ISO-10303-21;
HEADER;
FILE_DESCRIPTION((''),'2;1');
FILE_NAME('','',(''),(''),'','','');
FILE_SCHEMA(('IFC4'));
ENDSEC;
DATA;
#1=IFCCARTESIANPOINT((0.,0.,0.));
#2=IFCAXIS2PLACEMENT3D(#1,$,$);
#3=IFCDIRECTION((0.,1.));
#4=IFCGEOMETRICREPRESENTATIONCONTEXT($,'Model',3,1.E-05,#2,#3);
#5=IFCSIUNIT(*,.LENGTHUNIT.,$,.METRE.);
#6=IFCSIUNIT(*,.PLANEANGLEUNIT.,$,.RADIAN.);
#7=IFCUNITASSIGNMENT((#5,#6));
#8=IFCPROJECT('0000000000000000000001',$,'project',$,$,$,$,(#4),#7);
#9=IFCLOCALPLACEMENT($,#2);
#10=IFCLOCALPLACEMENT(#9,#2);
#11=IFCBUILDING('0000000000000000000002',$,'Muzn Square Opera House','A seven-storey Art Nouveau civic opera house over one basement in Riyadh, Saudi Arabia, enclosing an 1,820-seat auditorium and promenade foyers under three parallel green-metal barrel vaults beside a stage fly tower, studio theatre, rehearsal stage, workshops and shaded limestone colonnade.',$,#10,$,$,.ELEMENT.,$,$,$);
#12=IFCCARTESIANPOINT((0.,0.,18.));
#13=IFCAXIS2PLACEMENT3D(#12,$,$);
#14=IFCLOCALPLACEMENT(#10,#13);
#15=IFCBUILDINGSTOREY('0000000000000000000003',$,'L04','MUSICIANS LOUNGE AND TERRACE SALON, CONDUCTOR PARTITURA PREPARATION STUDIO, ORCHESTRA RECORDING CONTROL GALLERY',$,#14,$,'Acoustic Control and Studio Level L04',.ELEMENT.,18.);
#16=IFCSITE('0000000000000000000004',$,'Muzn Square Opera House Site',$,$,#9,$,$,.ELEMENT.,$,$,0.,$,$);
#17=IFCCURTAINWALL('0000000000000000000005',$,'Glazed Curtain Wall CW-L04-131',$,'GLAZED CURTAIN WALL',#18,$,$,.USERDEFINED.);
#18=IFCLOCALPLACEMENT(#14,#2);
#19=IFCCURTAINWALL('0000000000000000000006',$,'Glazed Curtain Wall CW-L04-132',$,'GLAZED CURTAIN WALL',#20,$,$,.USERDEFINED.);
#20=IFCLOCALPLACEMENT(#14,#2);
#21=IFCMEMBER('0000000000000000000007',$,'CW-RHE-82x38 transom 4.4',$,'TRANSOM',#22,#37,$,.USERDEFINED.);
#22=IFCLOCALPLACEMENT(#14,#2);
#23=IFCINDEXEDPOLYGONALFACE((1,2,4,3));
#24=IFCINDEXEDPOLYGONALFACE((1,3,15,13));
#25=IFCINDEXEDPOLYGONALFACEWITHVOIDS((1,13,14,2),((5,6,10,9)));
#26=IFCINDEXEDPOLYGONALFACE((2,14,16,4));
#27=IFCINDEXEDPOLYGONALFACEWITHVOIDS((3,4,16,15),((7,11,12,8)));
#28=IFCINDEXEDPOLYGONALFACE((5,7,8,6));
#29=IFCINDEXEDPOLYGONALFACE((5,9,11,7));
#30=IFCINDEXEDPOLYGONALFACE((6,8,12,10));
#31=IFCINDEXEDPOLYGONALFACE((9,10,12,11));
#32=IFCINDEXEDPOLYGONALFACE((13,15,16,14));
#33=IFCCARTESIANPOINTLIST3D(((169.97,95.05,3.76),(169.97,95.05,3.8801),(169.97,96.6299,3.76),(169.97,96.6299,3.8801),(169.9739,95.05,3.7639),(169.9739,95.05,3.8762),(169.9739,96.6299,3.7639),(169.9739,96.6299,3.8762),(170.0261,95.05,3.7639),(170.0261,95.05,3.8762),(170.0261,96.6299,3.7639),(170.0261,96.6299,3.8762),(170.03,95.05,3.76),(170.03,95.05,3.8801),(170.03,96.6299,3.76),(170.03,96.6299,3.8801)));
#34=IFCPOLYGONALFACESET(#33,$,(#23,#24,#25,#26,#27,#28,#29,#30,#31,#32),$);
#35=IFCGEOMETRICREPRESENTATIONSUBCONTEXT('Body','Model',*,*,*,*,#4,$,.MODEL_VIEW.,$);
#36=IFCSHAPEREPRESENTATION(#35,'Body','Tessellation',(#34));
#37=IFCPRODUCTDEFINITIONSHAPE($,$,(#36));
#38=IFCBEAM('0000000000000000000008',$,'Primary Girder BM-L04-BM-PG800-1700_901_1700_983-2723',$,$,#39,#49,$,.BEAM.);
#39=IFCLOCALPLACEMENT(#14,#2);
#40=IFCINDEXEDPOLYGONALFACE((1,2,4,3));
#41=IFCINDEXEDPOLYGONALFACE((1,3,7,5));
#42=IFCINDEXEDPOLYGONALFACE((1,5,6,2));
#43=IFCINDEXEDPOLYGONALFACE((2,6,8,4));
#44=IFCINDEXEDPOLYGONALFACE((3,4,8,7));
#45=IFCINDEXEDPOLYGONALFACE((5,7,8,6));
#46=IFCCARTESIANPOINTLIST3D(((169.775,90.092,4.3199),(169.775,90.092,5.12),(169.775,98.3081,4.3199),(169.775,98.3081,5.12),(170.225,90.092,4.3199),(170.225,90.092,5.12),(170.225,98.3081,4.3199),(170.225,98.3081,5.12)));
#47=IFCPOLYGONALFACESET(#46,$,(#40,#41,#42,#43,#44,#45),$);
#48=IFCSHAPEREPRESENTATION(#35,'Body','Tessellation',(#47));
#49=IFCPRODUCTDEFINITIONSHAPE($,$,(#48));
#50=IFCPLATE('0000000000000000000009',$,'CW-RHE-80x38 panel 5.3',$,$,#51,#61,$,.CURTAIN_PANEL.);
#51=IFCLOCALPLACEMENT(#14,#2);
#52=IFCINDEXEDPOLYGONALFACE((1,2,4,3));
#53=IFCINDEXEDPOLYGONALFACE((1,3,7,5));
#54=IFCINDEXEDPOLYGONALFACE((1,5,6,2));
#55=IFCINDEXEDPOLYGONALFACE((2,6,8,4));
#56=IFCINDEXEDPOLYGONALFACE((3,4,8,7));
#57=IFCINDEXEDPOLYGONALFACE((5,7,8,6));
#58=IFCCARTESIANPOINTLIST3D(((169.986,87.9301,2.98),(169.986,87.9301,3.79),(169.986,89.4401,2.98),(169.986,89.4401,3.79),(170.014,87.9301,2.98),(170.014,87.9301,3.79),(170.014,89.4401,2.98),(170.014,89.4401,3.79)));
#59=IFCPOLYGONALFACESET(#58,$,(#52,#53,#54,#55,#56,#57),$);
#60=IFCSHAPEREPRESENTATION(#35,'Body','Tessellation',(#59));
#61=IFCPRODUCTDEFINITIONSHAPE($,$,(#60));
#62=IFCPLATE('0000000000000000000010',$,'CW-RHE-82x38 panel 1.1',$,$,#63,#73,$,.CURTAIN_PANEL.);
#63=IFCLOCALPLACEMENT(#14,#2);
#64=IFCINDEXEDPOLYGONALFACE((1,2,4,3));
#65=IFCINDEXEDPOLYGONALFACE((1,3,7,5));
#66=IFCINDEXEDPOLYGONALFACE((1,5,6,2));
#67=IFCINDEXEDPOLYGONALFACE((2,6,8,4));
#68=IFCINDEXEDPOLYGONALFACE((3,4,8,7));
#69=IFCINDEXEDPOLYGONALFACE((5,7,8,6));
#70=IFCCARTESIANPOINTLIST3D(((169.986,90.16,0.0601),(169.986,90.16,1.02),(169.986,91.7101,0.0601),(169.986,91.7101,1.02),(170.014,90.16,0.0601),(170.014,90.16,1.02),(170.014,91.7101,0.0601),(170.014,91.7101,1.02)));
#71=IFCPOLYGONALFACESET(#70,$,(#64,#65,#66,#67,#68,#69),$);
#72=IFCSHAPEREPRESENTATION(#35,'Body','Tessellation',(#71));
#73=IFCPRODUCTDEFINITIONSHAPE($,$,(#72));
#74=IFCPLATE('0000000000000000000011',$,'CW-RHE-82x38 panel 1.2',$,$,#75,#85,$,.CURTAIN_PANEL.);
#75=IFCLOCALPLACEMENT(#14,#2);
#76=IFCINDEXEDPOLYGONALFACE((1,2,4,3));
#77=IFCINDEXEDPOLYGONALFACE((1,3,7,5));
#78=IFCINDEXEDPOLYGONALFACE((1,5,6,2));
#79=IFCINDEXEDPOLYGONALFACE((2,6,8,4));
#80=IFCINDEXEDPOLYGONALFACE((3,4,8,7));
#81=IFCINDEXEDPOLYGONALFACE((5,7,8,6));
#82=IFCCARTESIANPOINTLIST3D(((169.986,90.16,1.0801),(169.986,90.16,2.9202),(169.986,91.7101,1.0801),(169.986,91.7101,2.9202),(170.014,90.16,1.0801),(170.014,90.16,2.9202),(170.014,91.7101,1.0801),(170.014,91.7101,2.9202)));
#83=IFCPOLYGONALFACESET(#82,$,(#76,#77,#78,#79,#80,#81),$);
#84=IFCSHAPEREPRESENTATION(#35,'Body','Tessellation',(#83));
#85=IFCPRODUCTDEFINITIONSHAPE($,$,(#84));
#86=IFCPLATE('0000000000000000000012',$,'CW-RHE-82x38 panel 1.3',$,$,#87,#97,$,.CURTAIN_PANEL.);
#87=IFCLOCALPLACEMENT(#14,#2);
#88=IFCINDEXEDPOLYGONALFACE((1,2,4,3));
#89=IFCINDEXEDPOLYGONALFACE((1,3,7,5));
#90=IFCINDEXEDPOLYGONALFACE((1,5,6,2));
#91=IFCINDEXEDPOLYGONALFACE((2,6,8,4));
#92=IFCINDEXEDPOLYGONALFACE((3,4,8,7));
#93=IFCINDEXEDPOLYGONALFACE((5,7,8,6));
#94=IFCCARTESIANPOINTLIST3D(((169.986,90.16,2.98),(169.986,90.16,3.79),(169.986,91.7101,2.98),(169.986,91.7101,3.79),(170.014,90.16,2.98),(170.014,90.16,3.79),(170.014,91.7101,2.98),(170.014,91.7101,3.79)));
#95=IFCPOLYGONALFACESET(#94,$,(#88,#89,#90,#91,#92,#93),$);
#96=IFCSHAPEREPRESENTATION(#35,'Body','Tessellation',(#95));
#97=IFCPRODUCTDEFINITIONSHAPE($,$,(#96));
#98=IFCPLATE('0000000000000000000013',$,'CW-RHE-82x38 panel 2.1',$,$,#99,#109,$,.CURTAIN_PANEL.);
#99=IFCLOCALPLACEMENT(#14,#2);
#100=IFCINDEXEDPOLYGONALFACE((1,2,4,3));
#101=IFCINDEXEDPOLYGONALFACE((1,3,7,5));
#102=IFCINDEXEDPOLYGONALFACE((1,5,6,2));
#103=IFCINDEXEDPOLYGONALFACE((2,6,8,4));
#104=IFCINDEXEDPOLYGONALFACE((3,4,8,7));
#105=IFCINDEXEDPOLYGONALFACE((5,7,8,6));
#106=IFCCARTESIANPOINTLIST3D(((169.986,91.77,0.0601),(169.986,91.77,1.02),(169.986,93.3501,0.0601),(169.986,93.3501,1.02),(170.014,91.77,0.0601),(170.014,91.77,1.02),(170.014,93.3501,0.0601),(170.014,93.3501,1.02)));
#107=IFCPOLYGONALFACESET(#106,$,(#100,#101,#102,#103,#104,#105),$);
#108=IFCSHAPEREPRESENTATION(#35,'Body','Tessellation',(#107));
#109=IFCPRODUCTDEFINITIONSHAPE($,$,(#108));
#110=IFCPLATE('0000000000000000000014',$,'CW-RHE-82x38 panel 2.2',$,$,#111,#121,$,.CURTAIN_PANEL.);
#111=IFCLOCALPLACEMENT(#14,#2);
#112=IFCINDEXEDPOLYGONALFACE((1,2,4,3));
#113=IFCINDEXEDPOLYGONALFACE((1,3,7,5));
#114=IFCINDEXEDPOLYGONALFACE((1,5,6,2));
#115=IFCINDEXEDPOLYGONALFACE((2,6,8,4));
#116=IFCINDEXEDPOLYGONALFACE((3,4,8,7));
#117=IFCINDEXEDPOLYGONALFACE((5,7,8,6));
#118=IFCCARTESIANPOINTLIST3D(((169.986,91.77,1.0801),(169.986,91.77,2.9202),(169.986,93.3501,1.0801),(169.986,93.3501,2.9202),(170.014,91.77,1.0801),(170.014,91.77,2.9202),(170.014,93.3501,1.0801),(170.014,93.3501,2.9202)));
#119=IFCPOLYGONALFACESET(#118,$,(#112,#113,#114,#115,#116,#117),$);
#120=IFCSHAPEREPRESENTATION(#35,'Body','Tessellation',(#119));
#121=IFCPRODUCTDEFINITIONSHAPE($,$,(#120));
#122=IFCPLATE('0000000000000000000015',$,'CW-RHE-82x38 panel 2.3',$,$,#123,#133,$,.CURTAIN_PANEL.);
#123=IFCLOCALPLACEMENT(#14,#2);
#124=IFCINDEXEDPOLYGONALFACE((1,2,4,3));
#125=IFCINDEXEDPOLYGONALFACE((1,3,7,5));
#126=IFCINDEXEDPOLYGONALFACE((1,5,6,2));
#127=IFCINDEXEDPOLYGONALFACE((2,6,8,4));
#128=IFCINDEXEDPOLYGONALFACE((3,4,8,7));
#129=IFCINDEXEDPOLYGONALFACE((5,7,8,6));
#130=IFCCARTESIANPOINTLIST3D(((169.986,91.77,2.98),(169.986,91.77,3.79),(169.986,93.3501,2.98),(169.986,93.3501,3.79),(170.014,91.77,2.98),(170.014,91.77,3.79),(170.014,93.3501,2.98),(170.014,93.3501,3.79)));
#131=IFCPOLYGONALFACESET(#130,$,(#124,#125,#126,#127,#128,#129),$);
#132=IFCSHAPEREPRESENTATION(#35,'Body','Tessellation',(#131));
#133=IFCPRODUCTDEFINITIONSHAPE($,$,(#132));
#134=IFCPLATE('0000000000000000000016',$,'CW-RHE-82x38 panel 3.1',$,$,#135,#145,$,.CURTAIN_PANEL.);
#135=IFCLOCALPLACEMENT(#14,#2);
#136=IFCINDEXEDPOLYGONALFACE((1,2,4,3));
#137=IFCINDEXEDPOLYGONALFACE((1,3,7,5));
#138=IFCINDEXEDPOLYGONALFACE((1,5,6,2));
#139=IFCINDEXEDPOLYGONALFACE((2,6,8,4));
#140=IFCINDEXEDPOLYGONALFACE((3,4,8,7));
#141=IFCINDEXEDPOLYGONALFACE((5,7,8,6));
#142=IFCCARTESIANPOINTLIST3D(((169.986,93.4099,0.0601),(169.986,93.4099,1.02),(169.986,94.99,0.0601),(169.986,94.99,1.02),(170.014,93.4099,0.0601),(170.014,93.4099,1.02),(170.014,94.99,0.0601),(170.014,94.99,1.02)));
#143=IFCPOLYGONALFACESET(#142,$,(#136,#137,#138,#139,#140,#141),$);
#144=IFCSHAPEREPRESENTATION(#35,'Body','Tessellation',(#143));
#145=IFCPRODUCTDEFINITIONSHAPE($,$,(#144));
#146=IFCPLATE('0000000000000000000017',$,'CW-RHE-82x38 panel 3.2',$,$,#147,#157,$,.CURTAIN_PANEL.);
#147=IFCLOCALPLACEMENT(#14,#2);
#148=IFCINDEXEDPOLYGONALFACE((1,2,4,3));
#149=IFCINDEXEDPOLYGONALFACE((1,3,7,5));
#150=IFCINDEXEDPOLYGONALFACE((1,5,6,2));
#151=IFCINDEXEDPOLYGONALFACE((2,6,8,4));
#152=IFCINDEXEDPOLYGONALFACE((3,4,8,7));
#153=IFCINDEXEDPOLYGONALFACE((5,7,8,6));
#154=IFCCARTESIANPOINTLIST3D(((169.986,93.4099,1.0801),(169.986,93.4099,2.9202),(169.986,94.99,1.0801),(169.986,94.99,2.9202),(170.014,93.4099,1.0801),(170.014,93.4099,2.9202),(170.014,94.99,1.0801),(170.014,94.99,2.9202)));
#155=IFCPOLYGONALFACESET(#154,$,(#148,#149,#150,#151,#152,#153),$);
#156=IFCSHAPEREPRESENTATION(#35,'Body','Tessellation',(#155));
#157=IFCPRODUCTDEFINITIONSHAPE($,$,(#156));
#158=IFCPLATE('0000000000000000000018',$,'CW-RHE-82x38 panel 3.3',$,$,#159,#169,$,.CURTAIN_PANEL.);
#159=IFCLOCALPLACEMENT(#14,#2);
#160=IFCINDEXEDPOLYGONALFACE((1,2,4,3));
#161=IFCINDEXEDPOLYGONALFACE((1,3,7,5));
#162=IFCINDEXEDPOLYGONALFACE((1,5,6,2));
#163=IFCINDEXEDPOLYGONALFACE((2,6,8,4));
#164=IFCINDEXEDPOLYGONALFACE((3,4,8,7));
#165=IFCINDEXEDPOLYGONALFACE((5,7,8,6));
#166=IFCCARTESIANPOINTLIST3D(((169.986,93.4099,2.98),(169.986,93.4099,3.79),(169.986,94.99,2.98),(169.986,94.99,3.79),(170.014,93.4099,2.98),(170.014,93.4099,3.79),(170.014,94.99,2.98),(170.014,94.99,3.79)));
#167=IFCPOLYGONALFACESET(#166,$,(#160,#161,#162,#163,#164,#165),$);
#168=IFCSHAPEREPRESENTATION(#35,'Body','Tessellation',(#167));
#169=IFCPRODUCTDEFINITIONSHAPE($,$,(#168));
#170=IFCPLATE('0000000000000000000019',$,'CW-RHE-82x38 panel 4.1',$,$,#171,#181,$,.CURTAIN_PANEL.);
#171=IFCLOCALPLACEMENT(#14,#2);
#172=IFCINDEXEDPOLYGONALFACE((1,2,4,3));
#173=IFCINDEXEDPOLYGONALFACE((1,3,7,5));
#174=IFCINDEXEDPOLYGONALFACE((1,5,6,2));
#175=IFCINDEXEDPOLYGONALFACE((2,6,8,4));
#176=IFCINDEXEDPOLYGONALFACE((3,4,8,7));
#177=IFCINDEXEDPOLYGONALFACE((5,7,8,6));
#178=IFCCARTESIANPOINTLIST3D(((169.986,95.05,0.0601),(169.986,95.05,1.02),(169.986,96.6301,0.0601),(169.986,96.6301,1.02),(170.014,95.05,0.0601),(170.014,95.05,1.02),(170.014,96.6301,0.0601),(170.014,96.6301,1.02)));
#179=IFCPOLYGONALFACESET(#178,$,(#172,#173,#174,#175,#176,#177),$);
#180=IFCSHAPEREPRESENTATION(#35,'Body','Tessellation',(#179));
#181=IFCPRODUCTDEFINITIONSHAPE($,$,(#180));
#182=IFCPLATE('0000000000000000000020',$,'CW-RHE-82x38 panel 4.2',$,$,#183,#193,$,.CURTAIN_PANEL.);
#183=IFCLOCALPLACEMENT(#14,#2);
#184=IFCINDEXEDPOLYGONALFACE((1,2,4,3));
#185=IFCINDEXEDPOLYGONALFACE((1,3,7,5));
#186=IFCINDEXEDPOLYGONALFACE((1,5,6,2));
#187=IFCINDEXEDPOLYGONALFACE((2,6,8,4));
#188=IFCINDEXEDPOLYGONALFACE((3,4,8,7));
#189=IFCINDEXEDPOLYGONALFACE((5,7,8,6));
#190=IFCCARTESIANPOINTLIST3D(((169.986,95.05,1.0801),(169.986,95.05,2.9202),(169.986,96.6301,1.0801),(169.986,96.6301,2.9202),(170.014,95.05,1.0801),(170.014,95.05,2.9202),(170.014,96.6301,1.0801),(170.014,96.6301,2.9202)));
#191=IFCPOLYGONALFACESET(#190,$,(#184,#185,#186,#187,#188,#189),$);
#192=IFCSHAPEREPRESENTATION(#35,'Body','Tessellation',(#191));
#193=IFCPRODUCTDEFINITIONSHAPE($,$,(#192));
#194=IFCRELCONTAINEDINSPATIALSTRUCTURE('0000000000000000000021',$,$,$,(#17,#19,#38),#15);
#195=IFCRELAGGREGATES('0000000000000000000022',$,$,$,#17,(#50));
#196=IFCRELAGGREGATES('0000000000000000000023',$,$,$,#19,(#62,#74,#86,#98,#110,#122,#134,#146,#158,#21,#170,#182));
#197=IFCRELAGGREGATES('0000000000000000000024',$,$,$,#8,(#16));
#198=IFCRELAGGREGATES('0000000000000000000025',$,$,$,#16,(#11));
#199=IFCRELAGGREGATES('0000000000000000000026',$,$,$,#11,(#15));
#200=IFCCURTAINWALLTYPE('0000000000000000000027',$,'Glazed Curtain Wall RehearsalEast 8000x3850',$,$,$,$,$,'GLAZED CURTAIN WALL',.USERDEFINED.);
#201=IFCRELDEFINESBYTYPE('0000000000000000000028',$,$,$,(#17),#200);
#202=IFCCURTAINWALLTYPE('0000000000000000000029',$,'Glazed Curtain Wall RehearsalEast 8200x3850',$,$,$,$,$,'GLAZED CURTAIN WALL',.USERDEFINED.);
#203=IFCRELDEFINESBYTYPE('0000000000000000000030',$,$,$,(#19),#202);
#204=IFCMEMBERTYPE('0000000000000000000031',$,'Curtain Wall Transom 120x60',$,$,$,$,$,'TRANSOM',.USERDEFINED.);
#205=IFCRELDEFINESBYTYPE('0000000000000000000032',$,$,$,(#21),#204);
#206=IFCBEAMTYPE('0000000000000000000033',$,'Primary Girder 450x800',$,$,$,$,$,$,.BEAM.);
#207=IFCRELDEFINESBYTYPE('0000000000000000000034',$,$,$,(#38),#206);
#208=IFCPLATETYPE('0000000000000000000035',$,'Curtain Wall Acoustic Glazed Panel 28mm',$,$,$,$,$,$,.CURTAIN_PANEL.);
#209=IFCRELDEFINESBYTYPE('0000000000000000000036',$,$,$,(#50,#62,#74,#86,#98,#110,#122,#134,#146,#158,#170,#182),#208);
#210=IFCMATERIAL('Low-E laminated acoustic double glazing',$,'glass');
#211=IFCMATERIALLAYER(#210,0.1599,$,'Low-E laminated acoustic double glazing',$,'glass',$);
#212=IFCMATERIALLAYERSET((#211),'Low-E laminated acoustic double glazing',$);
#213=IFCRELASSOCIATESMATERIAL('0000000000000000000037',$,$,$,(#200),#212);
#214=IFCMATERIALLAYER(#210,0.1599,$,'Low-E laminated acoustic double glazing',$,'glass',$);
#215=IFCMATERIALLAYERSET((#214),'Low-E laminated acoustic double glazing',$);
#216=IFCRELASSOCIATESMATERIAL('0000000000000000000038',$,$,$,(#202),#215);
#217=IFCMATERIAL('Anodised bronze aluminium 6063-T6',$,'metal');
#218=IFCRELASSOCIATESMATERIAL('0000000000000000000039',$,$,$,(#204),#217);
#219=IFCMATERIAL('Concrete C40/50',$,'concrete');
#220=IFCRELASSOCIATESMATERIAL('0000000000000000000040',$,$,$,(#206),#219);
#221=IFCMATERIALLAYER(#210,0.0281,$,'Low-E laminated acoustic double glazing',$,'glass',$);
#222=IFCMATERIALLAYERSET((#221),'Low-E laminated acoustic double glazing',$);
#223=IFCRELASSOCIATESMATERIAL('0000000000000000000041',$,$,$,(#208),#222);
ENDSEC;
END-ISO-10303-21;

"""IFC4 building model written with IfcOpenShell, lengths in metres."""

from ifc_helpers import new_model, si_unit, direction, frame, origin, origin_2d, place, context, subcontext, project, spatial, rectangle, hollow_rectangle, extrude, material, layer, layer_set, material_profile, profile_set, type_object, element, aggregate, save


model = new_model("IFC4")

# Units and contexts
model_context = context("Model", 3, precision=1e-05, world=origin(), true_north=direction((0.0, 1.0)))
body_context = subcontext(model_context, "Body", "Model", "MODEL_VIEW")
ifc_project = project(units=[si_unit("LENGTHUNIT", "METRE"), si_unit("PLANEANGLEUNIT", "RADIAN")], contexts=[model_context])

# Site, building, storey
site_placement = place(None, origin())
site = spatial("IfcSite", under=ifc_project, at=site_placement, Name="Muzn Square Opera House Site", CompositionType="ELEMENT", RefElevation=0.0)
building_placement = place(site_placement, origin())
building = spatial("IfcBuilding", under=site, at=building_placement, Name="Muzn Square Opera House", Description="A seven-storey Art Nouveau civic opera house over one basement in Riyadh, Saudi Arabia, enclosing an 1,820-seat auditorium and promenade foyers under three parallel green-metal barrel vaults beside a stage fly tower, studio theatre, rehearsal stage, workshops and shaded limestone colonnade.", CompositionType="ELEMENT")
storey_placement = place(building_placement, frame((0.0, 0.0, 18.0)))
storey = spatial("IfcBuildingStorey", under=building, at=storey_placement, Name="L04", Description="MUSICIANS LOUNGE AND TERRACE SALON, CONDUCTOR PARTITURA PREPARATION STUDIO, ORCHESTRA RECORDING CONTROL GALLERY", LongName="Acoustic Control and Studio Level L04", CompositionType="ELEMENT", Elevation=18.0)

# Curtain wall
ifc_material_1 = material(Name="Low-E laminated acoustic double glazing", Category="glass")
ifc_layer_1 = layer(ifc_material_1, 0.1599, Name="Low-E laminated acoustic double glazing", Category="glass")
ifc_layer_set_1 = layer_set([ifc_layer_1], Name="Low-E laminated acoustic double glazing")
curtain_wall_type_1 = type_object("IfcCurtainWallType", Name="Glazed Curtain Wall RehearsalEast 8000x3850", ElementType="GLAZED CURTAIN WALL", PredefinedType="USERDEFINED", material=ifc_layer_set_1)
curtain_wall_1_placement = place(storey_placement, origin())
curtain_wall_1 = element("IfcCurtainWall", 1, at=curtain_wall_1_placement, inside=storey, type_object=curtain_wall_type_1, Name="Glazed Curtain Wall CW-L04-131", ObjectType="GLAZED CURTAIN WALL", PredefinedType="USERDEFINED")
ifc_material_2 = material(Name="Anodised bronze aluminium 6063-T6", Category="metal")

# Curtain wall, member
ifc_layer_2 = layer(ifc_material_1, 0.1599, Name="Low-E laminated acoustic double glazing", Category="glass")
ifc_layer_set_2 = layer_set([ifc_layer_2], Name="Low-E laminated acoustic double glazing")
curtain_wall_type_2 = type_object("IfcCurtainWallType", Name="Glazed Curtain Wall RehearsalEast 8200x3850", ElementType="GLAZED CURTAIN WALL", PredefinedType="USERDEFINED", material=ifc_layer_set_2)
curtain_wall_2_placement = place(storey_placement, origin())
curtain_wall_2 = element("IfcCurtainWall", 2, at=curtain_wall_2_placement, inside=storey, type_object=curtain_wall_type_2, Name="Glazed Curtain Wall CW-L04-132", ObjectType="GLAZED CURTAIN WALL", PredefinedType="USERDEFINED")
ifc_material_profile_1 = material_profile(ifc_material_2, hollow_rectangle(XDim=0.0601, YDim=0.1201, WallThickness=0.0039, at=origin_2d()), Name="ALU 120x60x4", Category="metal")
ifc_profile_set_1 = profile_set([ifc_material_profile_1], Name="Anodised bronze aluminium 6063-T6")
member_type_1 = type_object("IfcMemberType", Name="Curtain Wall Transom 120x60", ElementType="TRANSOM", PredefinedType="USERDEFINED", material=ifc_profile_set_1)
member_1_placement = place(storey_placement, frame((170.0, 95.05, 3.8201), z_axis=(0.0, 1.0, 0.0), x_axis=(-1.0, 0.0, 0.0)))
member_1 = element("IfcMember", 3, at=member_1_placement, type_object=member_type_1, Name="CW-RHE-82x38 transom 4.4", ObjectType="TRANSOM", PredefinedType="USERDEFINED", context=body_context, shape_type="SweptSolid", body=[
    extrude(hollow_rectangle(XDim=0.0601, YDim=0.1201, WallThickness=0.0039, at=origin_2d()), origin(), (0.0, 0.0, 1.0), 1.5798),
])

# Beam
ifc_material_3 = material(Name="Concrete C40/50", Category="concrete")
ifc_material_profile_2 = material_profile(ifc_material_3, rectangle(XDim=0.45, YDim=0.8, at=origin_2d()), Name="RCB 450x800", Category="concrete")
ifc_profile_set_2 = profile_set([ifc_material_profile_2], Name="Concrete C40/50")
beam_type = type_object("IfcBeamType", Name="Primary Girder 450x800", PredefinedType="BEAM", material=ifc_profile_set_2)
beam_placement = place(storey_placement, frame((170.0, 90.092, 4.72), z_axis=(0.0, 1.0, 0.0), x_axis=(-1.0, 0.0, 0.0)))
element("IfcBeam", 4, at=beam_placement, inside=storey, type_object=beam_type, Name="Primary Girder BM-L04-BM-PG800-1700_901_1700_983-2723", PredefinedType="BEAM", context=body_context, shape_type="SweptSolid", body=[
    extrude(rectangle(XDim=0.45, YDim=0.8, at=origin_2d()), origin(), (0.0, 0.0, 1.0), 8.2161),
])

# Plates
ifc_layer_3 = layer(ifc_material_1, 0.0281, Name="Low-E laminated acoustic double glazing", Category="glass")
ifc_layer_set_3 = layer_set([ifc_layer_3], Name="Low-E laminated acoustic double glazing")
plate_type = type_object("IfcPlateType", Name="Curtain Wall Acoustic Glazed Panel 28mm", PredefinedType="CURTAIN_PANEL", material=ifc_layer_set_3)
plate_1_placement = place(storey_placement, frame((170.0, 88.6851, 2.98), z_axis=(0.0, 0.0, 1.0), x_axis=(0.0, 1.0, 0.0)))
plate_1 = element("IfcPlate", 5, at=plate_1_placement, type_object=plate_type, Name="CW-RHE-80x38 panel 5.3", PredefinedType="CURTAIN_PANEL", context=body_context, shape_type="SweptSolid", body=[
    extrude(rectangle(XDim=1.51, YDim=0.0281, at=origin_2d()), origin(), (0.0, 0.0, 1.0), 0.8101),
])
aggregate(curtain_wall_1, [plate_1])
plate_2_placement = place(storey_placement, frame((170.0, 90.9351, 0.0601), z_axis=(0.0, 0.0, 1.0), x_axis=(0.0, 1.0, 0.0)))
plate_2 = element("IfcPlate", 6, at=plate_2_placement, type_object=plate_type, Name="CW-RHE-82x38 panel 1.1", PredefinedType="CURTAIN_PANEL", context=body_context, shape_type="SweptSolid", body=[
    extrude(rectangle(XDim=1.55, YDim=0.0281, at=origin_2d()), origin(), (0.0, 0.0, 1.0), 0.96),
])
plate_3_placement = place(storey_placement, frame((170.0, 90.9351, 1.0801), z_axis=(0.0, 0.0, 1.0), x_axis=(0.0, 1.0, 0.0)))
plate_3 = element("IfcPlate", 7, at=plate_3_placement, type_object=plate_type, Name="CW-RHE-82x38 panel 1.2", PredefinedType="CURTAIN_PANEL", context=body_context, shape_type="SweptSolid", body=[
    extrude(rectangle(XDim=1.55, YDim=0.0281, at=origin_2d()), origin(), (0.0, 0.0, 1.0), 1.8401),
])
plate_4_placement = place(storey_placement, frame((170.0, 90.9351, 2.98), z_axis=(0.0, 0.0, 1.0), x_axis=(0.0, 1.0, 0.0)))
plate_4 = element("IfcPlate", 8, at=plate_4_placement, type_object=plate_type, Name="CW-RHE-82x38 panel 1.3", PredefinedType="CURTAIN_PANEL", context=body_context, shape_type="SweptSolid", body=[
    extrude(rectangle(XDim=1.55, YDim=0.0281, at=origin_2d()), origin(), (0.0, 0.0, 1.0), 0.8101),
])
plate_5_placement = place(storey_placement, frame((170.0, 92.5601, 0.0601), z_axis=(0.0, 0.0, 1.0), x_axis=(0.0, 1.0, 0.0)))
plate_5 = element("IfcPlate", 9, at=plate_5_placement, type_object=plate_type, Name="CW-RHE-82x38 panel 2.1", PredefinedType="CURTAIN_PANEL", context=body_context, shape_type="SweptSolid", body=[
    extrude(rectangle(XDim=1.5801, YDim=0.0281, at=origin_2d()), origin(), (0.0, 0.0, 1.0), 0.96),
])
plate_6_placement = place(storey_placement, frame((170.0, 92.5601, 1.0801), z_axis=(0.0, 0.0, 1.0), x_axis=(0.0, 1.0, 0.0)))
plate_6 = element("IfcPlate", 10, at=plate_6_placement, type_object=plate_type, Name="CW-RHE-82x38 panel 2.2", PredefinedType="CURTAIN_PANEL", context=body_context, shape_type="SweptSolid", body=[
    extrude(rectangle(XDim=1.5801, YDim=0.0281, at=origin_2d()), origin(), (0.0, 0.0, 1.0), 1.8401),
])
plate_7_placement = place(storey_placement, frame((170.0, 92.5601, 2.98), z_axis=(0.0, 0.0, 1.0), x_axis=(0.0, 1.0, 0.0)))
plate_7 = element("IfcPlate", 11, at=plate_7_placement, type_object=plate_type, Name="CW-RHE-82x38 panel 2.3", PredefinedType="CURTAIN_PANEL", context=body_context, shape_type="SweptSolid", body=[
    extrude(rectangle(XDim=1.5801, YDim=0.0281, at=origin_2d()), origin(), (0.0, 0.0, 1.0), 0.8101),
])
plate_8_placement = place(storey_placement, frame((170.0, 94.2, 0.0601), z_axis=(0.0, 0.0, 1.0), x_axis=(0.0, 1.0, 0.0)))
plate_8 = element("IfcPlate", 12, at=plate_8_placement, type_object=plate_type, Name="CW-RHE-82x38 panel 3.1", PredefinedType="CURTAIN_PANEL", context=body_context, shape_type="SweptSolid", body=[
    extrude(rectangle(XDim=1.5801, YDim=0.0281, at=origin_2d()), origin(), (0.0, 0.0, 1.0), 0.96),
])
plate_9_placement = place(storey_placement, frame((170.0, 94.2, 1.0801), z_axis=(0.0, 0.0, 1.0), x_axis=(0.0, 1.0, 0.0)))
plate_9 = element("IfcPlate", 13, at=plate_9_placement, type_object=plate_type, Name="CW-RHE-82x38 panel 3.2", PredefinedType="CURTAIN_PANEL", context=body_context, shape_type="SweptSolid", body=[
    extrude(rectangle(XDim=1.5801, YDim=0.0281, at=origin_2d()), origin(), (0.0, 0.0, 1.0), 1.8401),
])
plate_10_placement = place(storey_placement, frame((170.0, 94.2, 2.98), z_axis=(0.0, 0.0, 1.0), x_axis=(0.0, 1.0, 0.0)))
plate_10 = element("IfcPlate", 14, at=plate_10_placement, type_object=plate_type, Name="CW-RHE-82x38 panel 3.3", PredefinedType="CURTAIN_PANEL", context=body_context, shape_type="SweptSolid", body=[
    extrude(rectangle(XDim=1.5801, YDim=0.0281, at=origin_2d()), origin(), (0.0, 0.0, 1.0), 0.8101),
])
plate_11_placement = place(storey_placement, frame((170.0, 95.8401, 0.0601), z_axis=(0.0, 0.0, 1.0), x_axis=(0.0, 1.0, 0.0)))
plate_11 = element("IfcPlate", 15, at=plate_11_placement, type_object=plate_type, Name="CW-RHE-82x38 panel 4.1", PredefinedType="CURTAIN_PANEL", context=body_context, shape_type="SweptSolid", body=[
    extrude(rectangle(XDim=1.5801, YDim=0.0281, at=origin_2d()), origin(), (0.0, 0.0, 1.0), 0.96),
])
plate_12_placement = place(storey_placement, frame((170.0, 95.8401, 1.0801), z_axis=(0.0, 0.0, 1.0), x_axis=(0.0, 1.0, 0.0)))
plate_12 = element("IfcPlate", 16, at=plate_12_placement, type_object=plate_type, Name="CW-RHE-82x38 panel 4.2", PredefinedType="CURTAIN_PANEL", context=body_context, shape_type="SweptSolid", body=[
    extrude(rectangle(XDim=1.5801, YDim=0.0281, at=origin_2d()), origin(), (0.0, 0.0, 1.0), 1.8401),
])
aggregate(curtain_wall_2, [plate_2, plate_3, plate_4, plate_5, plate_6, plate_7, plate_8, plate_9, plate_10, member_1, plate_11, plate_12])

save(model, "model.ifc")
